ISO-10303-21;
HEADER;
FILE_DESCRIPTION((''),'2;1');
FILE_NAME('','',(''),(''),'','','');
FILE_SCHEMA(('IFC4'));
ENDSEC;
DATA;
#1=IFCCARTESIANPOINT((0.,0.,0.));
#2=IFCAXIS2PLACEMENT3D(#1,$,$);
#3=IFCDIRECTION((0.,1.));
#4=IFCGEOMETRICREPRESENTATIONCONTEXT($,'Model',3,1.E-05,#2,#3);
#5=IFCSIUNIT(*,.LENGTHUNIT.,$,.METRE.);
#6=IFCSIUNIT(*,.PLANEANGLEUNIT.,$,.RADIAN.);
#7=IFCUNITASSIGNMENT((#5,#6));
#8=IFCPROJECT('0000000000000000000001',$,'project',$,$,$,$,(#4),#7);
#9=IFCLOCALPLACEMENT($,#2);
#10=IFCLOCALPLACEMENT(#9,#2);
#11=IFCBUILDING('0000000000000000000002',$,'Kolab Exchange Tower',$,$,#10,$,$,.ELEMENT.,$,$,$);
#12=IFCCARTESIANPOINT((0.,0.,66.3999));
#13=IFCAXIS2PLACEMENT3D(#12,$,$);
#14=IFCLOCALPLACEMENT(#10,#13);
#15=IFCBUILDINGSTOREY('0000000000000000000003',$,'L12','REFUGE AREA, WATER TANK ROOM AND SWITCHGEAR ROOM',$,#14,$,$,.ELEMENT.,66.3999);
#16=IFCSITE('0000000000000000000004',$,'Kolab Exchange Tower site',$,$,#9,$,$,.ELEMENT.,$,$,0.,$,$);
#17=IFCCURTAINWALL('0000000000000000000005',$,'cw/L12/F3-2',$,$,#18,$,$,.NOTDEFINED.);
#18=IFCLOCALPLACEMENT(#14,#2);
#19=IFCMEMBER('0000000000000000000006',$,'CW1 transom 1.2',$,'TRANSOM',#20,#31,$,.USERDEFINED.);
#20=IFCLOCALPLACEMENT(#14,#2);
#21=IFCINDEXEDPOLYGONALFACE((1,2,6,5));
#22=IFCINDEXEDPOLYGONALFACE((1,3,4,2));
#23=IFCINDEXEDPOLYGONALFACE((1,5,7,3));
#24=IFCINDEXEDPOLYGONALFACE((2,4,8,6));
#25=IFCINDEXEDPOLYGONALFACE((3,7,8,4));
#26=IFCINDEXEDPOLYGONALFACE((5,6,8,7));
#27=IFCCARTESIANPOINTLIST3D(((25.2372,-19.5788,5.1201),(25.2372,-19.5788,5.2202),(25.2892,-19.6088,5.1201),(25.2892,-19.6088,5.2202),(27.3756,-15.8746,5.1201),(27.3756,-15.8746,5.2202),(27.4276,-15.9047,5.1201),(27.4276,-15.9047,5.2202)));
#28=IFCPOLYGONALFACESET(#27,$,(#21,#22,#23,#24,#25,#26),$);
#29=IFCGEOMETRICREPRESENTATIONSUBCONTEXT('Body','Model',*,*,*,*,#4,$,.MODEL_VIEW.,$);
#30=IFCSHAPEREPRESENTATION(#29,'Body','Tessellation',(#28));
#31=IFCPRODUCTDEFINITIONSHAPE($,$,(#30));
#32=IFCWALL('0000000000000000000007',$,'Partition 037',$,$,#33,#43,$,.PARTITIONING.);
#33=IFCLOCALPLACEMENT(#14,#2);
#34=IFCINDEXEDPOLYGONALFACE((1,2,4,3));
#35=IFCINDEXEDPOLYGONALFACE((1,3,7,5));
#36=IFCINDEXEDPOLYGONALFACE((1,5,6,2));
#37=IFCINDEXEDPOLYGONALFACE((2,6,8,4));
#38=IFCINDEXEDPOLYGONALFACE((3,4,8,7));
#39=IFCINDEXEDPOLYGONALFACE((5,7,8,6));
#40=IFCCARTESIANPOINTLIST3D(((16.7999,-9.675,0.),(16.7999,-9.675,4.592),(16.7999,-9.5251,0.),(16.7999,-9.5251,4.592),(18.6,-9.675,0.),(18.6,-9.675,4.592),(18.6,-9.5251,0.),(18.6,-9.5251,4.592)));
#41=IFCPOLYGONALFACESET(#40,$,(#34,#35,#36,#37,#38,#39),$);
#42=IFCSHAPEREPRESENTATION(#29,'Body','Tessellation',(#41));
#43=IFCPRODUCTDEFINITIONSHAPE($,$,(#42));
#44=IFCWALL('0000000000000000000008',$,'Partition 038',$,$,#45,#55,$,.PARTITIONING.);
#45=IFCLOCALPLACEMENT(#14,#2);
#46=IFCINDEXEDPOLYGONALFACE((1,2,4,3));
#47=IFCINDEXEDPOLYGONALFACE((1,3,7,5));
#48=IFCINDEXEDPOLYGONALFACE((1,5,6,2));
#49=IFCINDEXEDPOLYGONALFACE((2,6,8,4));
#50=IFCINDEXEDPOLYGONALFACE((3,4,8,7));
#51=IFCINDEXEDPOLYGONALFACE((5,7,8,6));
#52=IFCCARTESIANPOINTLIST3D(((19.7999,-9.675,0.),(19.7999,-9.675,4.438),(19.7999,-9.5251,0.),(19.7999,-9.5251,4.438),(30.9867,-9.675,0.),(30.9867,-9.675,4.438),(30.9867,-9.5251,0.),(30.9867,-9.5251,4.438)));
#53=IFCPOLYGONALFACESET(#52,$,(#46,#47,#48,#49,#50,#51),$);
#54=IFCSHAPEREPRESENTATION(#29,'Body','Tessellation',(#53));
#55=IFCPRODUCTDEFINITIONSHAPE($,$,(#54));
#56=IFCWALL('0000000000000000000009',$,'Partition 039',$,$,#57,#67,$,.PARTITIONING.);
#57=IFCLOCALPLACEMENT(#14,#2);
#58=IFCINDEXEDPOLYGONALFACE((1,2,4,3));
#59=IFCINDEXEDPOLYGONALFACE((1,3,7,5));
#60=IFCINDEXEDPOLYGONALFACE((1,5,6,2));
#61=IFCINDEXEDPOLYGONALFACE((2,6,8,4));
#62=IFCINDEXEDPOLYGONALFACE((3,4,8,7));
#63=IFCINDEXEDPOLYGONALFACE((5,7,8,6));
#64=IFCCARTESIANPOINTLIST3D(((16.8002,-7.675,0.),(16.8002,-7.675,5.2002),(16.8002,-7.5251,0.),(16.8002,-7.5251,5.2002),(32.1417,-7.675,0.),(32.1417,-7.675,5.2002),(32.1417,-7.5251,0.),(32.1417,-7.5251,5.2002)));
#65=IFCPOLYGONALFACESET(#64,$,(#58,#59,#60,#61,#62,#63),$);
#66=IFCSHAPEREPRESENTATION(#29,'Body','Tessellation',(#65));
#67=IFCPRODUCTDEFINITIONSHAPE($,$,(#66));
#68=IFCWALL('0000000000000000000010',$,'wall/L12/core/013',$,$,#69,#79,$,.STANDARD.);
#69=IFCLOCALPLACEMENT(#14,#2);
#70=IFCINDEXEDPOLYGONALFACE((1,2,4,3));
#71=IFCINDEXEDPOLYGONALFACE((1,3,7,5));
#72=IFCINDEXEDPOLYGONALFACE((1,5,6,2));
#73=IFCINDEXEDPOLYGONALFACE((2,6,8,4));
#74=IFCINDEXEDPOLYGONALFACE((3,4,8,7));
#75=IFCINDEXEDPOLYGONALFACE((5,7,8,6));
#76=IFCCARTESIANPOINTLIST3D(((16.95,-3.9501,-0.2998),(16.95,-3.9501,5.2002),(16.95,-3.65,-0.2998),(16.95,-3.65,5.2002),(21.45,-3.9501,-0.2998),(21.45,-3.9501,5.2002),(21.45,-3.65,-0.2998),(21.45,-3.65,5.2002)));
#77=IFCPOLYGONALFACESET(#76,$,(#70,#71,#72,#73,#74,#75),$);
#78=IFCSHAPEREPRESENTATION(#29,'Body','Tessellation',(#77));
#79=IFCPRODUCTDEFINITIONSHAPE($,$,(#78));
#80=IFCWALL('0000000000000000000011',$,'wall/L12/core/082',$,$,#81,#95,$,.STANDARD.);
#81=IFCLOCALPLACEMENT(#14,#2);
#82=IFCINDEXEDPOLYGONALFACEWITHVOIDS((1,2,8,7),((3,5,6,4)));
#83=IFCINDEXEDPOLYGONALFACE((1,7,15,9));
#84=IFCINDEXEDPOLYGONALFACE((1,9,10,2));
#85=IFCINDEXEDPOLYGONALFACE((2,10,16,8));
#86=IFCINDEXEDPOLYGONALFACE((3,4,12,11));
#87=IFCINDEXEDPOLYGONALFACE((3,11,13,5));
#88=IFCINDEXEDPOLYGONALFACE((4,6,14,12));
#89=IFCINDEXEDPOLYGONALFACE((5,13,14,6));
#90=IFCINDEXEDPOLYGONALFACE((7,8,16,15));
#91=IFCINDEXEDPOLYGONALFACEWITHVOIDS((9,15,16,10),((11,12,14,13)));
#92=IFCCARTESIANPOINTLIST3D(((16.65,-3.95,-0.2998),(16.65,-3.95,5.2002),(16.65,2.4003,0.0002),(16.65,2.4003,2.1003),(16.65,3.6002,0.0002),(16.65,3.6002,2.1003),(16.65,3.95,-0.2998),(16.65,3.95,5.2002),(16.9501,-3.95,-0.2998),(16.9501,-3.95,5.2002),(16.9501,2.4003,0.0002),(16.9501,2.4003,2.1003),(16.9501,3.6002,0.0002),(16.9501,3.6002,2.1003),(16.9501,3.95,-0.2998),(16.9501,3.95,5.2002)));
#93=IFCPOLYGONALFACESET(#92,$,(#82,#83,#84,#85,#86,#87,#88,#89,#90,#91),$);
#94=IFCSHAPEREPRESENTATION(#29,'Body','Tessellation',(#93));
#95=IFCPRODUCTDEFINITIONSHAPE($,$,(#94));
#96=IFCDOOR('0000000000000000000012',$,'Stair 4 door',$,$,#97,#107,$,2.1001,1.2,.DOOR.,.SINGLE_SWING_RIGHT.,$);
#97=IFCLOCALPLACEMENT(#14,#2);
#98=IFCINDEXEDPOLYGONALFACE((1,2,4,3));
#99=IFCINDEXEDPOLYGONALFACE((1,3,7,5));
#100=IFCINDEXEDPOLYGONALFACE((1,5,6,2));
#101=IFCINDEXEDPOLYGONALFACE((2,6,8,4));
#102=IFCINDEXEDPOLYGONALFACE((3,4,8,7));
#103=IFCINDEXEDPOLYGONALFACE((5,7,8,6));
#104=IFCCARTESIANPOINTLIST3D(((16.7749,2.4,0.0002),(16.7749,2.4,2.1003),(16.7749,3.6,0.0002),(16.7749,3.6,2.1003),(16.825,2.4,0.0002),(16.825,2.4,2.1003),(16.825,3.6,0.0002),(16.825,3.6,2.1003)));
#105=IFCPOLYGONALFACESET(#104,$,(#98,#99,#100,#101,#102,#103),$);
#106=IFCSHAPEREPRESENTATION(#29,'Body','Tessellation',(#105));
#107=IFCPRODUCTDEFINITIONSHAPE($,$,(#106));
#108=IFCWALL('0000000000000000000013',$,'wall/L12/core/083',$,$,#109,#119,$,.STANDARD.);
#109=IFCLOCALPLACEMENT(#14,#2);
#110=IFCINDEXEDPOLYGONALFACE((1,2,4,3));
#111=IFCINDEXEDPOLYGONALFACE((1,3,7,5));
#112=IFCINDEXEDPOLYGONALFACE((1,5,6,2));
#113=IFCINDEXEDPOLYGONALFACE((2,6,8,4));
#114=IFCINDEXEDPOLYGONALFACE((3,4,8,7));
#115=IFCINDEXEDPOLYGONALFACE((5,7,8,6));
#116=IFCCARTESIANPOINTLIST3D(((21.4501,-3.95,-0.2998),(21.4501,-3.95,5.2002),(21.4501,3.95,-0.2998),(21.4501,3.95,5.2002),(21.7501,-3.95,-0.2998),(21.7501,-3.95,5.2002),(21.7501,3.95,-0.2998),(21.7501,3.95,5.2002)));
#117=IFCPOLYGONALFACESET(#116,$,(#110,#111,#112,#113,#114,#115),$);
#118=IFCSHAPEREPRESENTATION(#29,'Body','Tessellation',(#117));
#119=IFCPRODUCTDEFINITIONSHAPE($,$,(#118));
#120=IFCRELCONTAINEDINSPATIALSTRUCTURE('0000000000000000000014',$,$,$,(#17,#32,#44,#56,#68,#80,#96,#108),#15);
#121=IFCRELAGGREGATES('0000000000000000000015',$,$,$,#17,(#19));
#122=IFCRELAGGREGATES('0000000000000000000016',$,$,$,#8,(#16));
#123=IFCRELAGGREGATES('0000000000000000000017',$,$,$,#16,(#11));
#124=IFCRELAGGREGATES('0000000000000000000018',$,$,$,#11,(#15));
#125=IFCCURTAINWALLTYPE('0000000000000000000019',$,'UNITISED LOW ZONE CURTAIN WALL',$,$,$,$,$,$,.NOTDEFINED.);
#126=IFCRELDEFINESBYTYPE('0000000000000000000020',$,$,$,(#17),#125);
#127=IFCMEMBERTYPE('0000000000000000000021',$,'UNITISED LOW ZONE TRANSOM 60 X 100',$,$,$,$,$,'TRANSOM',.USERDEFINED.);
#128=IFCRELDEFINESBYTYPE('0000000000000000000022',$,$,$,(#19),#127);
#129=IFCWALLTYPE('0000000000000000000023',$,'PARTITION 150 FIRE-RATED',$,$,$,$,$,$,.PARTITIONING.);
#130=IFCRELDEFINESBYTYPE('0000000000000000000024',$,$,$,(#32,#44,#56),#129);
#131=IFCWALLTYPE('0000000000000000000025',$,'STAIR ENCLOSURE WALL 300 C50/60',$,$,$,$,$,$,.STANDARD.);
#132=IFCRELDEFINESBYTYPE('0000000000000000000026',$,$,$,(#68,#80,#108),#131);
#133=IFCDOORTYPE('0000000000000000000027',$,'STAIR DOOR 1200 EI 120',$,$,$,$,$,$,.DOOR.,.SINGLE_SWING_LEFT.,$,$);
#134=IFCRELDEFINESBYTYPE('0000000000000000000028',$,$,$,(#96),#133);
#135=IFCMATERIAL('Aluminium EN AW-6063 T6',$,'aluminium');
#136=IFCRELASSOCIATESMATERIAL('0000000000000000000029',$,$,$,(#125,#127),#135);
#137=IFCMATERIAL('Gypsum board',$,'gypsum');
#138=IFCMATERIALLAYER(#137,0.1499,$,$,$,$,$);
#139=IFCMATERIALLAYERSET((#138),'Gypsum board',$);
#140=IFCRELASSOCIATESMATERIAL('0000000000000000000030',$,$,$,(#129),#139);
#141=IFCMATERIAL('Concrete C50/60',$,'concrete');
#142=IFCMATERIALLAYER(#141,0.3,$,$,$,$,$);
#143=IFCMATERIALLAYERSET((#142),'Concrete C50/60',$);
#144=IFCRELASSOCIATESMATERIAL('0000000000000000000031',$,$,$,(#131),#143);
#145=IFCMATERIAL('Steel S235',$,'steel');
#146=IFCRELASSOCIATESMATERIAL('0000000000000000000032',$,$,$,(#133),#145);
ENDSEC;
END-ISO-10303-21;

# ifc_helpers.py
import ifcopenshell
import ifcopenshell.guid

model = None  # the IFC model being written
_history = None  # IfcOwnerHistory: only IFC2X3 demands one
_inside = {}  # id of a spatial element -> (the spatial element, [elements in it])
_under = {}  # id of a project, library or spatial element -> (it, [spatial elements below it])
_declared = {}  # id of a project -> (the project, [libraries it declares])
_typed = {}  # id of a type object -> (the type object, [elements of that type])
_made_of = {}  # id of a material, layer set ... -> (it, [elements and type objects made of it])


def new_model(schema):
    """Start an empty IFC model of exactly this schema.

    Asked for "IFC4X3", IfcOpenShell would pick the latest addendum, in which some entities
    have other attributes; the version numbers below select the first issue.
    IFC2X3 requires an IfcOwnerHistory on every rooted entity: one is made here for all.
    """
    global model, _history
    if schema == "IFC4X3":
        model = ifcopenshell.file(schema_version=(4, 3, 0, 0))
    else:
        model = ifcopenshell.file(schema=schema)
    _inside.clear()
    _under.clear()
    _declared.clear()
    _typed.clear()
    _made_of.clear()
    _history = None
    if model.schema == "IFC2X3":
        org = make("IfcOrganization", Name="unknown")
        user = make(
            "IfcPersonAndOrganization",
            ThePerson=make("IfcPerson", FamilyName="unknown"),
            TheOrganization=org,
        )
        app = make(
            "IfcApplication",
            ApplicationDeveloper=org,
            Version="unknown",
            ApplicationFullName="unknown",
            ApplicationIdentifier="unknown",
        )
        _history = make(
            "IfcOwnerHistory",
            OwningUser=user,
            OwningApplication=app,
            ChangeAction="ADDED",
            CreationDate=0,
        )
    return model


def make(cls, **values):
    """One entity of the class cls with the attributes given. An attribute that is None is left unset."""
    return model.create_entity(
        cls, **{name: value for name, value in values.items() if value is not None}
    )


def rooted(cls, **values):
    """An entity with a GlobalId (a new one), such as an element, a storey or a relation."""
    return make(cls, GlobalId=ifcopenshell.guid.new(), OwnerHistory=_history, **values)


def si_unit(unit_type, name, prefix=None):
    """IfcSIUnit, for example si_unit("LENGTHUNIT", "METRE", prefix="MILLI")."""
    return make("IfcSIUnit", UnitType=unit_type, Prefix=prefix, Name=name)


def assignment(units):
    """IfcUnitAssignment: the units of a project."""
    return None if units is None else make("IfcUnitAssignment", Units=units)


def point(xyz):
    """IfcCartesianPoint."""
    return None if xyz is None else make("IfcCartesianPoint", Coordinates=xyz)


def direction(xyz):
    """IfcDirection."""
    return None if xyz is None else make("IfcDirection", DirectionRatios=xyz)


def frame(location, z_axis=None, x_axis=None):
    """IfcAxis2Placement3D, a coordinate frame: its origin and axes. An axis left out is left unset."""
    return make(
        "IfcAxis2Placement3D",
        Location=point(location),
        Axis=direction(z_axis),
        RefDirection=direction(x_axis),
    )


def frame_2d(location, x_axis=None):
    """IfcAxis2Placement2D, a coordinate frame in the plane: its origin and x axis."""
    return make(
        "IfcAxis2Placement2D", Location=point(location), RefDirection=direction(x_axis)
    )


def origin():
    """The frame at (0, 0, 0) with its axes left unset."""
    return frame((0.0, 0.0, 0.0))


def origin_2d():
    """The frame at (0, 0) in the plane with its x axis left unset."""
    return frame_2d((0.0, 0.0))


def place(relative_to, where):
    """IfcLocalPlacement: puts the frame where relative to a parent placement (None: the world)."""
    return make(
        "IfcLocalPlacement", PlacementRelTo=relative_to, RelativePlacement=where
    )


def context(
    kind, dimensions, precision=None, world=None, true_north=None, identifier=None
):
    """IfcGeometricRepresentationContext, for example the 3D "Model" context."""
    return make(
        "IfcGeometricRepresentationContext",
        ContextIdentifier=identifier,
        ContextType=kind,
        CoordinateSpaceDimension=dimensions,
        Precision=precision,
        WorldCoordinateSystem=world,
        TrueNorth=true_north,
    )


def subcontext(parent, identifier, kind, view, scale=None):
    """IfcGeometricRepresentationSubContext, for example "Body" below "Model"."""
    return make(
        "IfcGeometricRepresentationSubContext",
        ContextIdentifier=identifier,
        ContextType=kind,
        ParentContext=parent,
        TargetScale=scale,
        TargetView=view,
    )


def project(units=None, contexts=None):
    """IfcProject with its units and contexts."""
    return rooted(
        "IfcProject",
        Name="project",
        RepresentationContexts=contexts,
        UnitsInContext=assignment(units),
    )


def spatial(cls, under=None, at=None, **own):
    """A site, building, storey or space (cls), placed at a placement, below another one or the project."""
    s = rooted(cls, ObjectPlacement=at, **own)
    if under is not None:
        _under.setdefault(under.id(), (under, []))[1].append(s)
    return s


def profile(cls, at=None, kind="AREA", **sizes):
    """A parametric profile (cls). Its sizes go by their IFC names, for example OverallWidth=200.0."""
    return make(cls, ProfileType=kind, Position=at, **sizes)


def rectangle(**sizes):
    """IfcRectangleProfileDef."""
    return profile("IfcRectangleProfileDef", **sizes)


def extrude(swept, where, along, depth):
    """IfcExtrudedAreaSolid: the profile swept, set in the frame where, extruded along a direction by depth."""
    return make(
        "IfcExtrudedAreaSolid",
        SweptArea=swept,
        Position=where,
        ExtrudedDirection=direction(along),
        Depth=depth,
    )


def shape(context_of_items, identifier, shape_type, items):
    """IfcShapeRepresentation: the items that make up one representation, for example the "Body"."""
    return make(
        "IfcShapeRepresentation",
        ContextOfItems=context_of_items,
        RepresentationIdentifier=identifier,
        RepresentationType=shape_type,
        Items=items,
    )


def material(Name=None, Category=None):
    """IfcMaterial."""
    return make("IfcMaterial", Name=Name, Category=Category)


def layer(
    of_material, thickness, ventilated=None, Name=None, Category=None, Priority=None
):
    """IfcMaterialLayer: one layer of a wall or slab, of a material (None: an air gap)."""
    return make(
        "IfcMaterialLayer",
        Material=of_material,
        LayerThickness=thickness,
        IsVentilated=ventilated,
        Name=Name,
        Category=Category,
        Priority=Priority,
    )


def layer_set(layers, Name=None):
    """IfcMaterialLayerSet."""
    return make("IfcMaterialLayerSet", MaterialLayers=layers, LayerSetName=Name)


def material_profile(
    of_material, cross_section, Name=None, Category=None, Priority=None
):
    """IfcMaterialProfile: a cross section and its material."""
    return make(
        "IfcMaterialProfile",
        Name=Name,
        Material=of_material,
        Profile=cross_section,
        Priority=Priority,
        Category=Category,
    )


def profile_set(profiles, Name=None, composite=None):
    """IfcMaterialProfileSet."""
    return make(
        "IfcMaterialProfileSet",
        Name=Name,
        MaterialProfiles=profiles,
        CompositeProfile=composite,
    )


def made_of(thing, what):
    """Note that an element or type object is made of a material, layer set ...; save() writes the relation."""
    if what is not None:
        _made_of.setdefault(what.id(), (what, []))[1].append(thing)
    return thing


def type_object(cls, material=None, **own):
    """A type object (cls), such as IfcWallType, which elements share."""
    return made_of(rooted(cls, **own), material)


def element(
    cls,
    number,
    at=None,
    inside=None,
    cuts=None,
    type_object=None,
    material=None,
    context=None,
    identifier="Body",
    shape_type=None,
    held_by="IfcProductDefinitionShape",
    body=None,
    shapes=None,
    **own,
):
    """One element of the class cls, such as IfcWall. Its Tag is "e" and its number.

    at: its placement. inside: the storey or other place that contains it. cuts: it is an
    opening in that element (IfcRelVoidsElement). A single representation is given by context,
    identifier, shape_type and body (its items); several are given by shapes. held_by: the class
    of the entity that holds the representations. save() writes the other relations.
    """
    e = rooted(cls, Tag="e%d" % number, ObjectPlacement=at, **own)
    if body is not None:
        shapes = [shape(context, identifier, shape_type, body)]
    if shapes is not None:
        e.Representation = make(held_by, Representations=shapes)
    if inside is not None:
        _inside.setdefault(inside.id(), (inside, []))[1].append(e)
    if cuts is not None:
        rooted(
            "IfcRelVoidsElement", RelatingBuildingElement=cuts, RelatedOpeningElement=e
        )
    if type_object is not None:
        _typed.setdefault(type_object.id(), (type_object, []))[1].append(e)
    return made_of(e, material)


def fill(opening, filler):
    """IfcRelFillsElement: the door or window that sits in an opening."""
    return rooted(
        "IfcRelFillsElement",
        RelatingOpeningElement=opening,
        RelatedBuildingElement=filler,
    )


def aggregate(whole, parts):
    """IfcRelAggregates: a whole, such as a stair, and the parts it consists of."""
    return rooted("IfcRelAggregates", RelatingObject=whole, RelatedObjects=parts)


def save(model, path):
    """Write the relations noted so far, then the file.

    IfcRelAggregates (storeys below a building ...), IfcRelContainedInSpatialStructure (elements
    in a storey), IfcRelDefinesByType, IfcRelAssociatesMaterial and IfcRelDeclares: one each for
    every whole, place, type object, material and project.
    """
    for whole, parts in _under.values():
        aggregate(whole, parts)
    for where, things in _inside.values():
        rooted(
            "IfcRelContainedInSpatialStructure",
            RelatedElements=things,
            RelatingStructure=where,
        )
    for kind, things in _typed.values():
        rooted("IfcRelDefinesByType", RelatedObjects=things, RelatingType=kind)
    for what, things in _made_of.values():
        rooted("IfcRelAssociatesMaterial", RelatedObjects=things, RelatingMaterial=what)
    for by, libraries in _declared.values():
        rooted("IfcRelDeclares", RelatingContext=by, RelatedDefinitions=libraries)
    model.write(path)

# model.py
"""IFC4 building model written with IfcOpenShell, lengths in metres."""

from ifc_helpers import new_model, si_unit, direction, frame, frame_2d, origin, origin_2d, place, context, subcontext, project, spatial, rectangle, extrude, material, layer, layer_set, material_profile, profile_set, type_object, element, fill, aggregate, save


model = new_model("IFC4")

# Units and contexts
model_context = context("Model", 3, precision=1e-05, world=origin(), true_north=direction((0.0, 1.0)))
body_context = subcontext(model_context, "Body", "Model", "MODEL_VIEW")
ifc_project = project(units=[si_unit("LENGTHUNIT", "METRE"), si_unit("PLANEANGLEUNIT", "RADIAN")], contexts=[model_context])

# Site, building, storey
site_placement = place(None, origin())
site = spatial("IfcSite", under=ifc_project, at=site_placement, Name="Kolab Exchange Tower site", CompositionType="ELEMENT", RefElevation=0.0)
building_placement = place(site_placement, origin())
building = spatial("IfcBuilding", under=site, at=building_placement, Name="Kolab Exchange Tower", CompositionType="ELEMENT")
storey_placement = place(building_placement, frame((0.0, 0.0, 66.3999)))
storey = spatial("IfcBuildingStorey", under=building, at=storey_placement, Name="L12", Description="REFUGE AREA, WATER TANK ROOM AND SWITCHGEAR ROOM", CompositionType="ELEMENT", Elevation=66.3999)

# Shared definitions
ifc_material_1 = material(Name="Aluminium EN AW-6063 T6", Category="aluminium")
curtain_wall_type = type_object("IfcCurtainWallType", Name="UNITISED LOW ZONE CURTAIN WALL", PredefinedType="NOTDEFINED", material=ifc_material_1)

# Curtain wall, member
curtain_wall_1_placement = place(storey_placement, origin())
curtain_wall_1 = element("IfcCurtainWall", 1, at=curtain_wall_1_placement, inside=storey, type_object=curtain_wall_type, Name="cw/L12/F3-2", PredefinedType="NOTDEFINED")
ifc_material_profile_1 = material_profile(ifc_material_1, rectangle(XDim=0.0601, YDim=0.1001, at=origin_2d()), Name="RECT 60X100")
ifc_profile_set_1 = profile_set([ifc_material_profile_1], Name="Aluminium EN AW-6063 T6")
member_type_1 = type_object("IfcMemberType", Name="UNITISED LOW ZONE TRANSOM 60 X 100", ElementType="TRANSOM", PredefinedType="USERDEFINED", material=ifc_profile_set_1)
member_1_placement = place(storey_placement, frame((27.4016, -15.8896, 5.1702), z_axis=(-0.499976, -0.866039, 0.0), x_axis=(0.866039, -0.499976, 0.0)))
member_1 = element("IfcMember", 2, at=member_1_placement, type_object=member_type_1, Name="CW1 transom 1.2", ObjectType="TRANSOM", PredefinedType="USERDEFINED", context=body_context, shape_type="SweptSolid", body=[
    extrude(rectangle(XDim=0.0601, YDim=0.1001, at=origin_2d()), origin(), (0.0, 0.0, 1.0), 4.2771),
])
aggregate(curtain_wall_1, [member_1])

# Walls
ifc_material_2 = material(Name="Gypsum board", Category="gypsum")
ifc_layer_1 = layer(ifc_material_2, 0.1499)
ifc_layer_set_1 = layer_set([ifc_layer_1], Name="Gypsum board")
wall_type_1 = type_object("IfcWallType", Name="PARTITION 150 FIRE-RATED", PredefinedType="PARTITIONING", material=ifc_layer_set_1)
wall_1_placement = place(storey_placement, frame((16.8, -9.6001, 0.0), z_axis=(0.0, 0.0, 1.0), x_axis=(1.0, 0.0, 0.0)))
element("IfcWall", 3, at=wall_1_placement, inside=storey, type_object=wall_type_1, Name="Partition 037", PredefinedType="PARTITIONING", context=body_context, shape_type="SweptSolid", body=[
    extrude(rectangle(XDim=1.8, YDim=0.1499, at=frame_2d((0.8999, 0.0))), origin(), (0.0, 0.0, 1.0), 4.592),
])
wall_2_placement = place(storey_placement, frame((19.8, -9.6001, 0.0), z_axis=(0.0, 0.0, 1.0), x_axis=(1.0, 0.0, 0.0)))
element("IfcWall", 4, at=wall_2_placement, inside=storey, type_object=wall_type_1, Name="Partition 038", PredefinedType="PARTITIONING", context=body_context, shape_type="SweptSolid", body=[
    extrude(rectangle(XDim=11.1868, YDim=0.1499, at=frame_2d((5.5933, 0.0))), origin(), (0.0, 0.0, 1.0), 4.438),
])
wall_3_placement = place(storey_placement, frame((16.8, -7.6001, 0.0), z_axis=(0.0, 0.0, 1.0), x_axis=(1.0, 0.0, 0.0)))
element("IfcWall", 5, at=wall_3_placement, inside=storey, type_object=wall_type_1, Name="Partition 039", PredefinedType="PARTITIONING", context=body_context, shape_type="SweptSolid", body=[
    extrude(rectangle(XDim=15.3416, YDim=0.1499, at=frame_2d((7.6709, 0.0))), origin(), (0.0, 0.0, 1.0), 5.2002),
])
ifc_material_3 = material(Name="Concrete C50/60", Category="concrete")
ifc_layer_2 = layer(ifc_material_3, 0.3)
ifc_layer_set_2 = layer_set([ifc_layer_2], Name="Concrete C50/60")
wall_type_2 = type_object("IfcWallType", Name="STAIR ENCLOSURE WALL 300 C50/60", PredefinedType="STANDARD", material=ifc_layer_set_2)
wall_4_placement = place(storey_placement, frame((16.95, -3.8, -0.2998), z_axis=(0.0, 0.0, 1.0), x_axis=(1.0, 0.0, 0.0)))
element("IfcWall", 6, at=wall_4_placement, inside=storey, type_object=wall_type_2, Name="wall/L12/core/013", PredefinedType="STANDARD", context=body_context, shape_type="SweptSolid", body=[
    extrude(rectangle(XDim=4.5, YDim=0.3, at=frame_2d((2.25, 0.0))), origin(), (0.0, 0.0, 1.0), 5.5),
])

# Wall, opening, door
wall_5_placement = place(storey_placement, frame((16.8, -3.95, -0.2998), z_axis=(0.0, 0.0, 1.0), x_axis=(0.0, 1.0, 0.0)))
wall_5 = element("IfcWall", 7, at=wall_5_placement, inside=storey, type_object=wall_type_2, Name="wall/L12/core/082", PredefinedType="STANDARD", context=body_context, shape_type="SweptSolid", body=[
    extrude(rectangle(XDim=7.8999, YDim=0.3, at=frame_2d((3.95, 0.0))), origin(), (0.0, 0.0, 1.0), 5.5),
])
opening_1_placement = place(wall_5_placement, frame((6.3501, 0.0, 0.3)))
opening_1 = element("IfcOpeningElement", 8, at=opening_1_placement, cuts=wall_5, PredefinedType="OPENING", context=body_context, shape_type="SweptSolid", body=[
    extrude(rectangle(XDim=1.2, YDim=2.1001, at=frame_2d((0.6001, 1.05))), frame((0.0, 0.1602, 0.0), z_axis=(0.0, -1.0, 0.0), x_axis=(1.0, 0.0, 0.0)), (0.0, 0.0, 1.0), 0.3201),
])
ifc_material_4 = material(Name="Steel S235", Category="steel")
door_type_1 = type_object("IfcDoorType", Name="STAIR DOOR 1200 EI 120", OperationType="SINGLE_SWING_LEFT", PredefinedType="DOOR", material=ifc_material_4)
door_1_placement = place(opening_1_placement, frame((1.2, 0.0, 0.0), z_axis=(0.0, 0.0, 1.0), x_axis=(-1.0, 0.0, 0.0)))
door_1 = element("IfcDoor", 9, at=door_1_placement, inside=storey, type_object=door_type_1, Name="Stair 4 door", OperationType="SINGLE_SWING_RIGHT", OverallHeight=2.1001, OverallWidth=1.2, PredefinedType="DOOR", context=body_context, shape_type="SweptSolid", body=[
    extrude(rectangle(XDim=1.2, YDim=2.1001, at=frame_2d((0.6001, 1.05))), frame((0.0, 0.0249, 0.0), z_axis=(0.0, -1.0, 0.0), x_axis=(1.0, 0.0, 0.0)), (0.0, 0.0, 1.0), 0.05),
])
fill(opening_1, door_1)

# Wall
wall_6_placement = place(storey_placement, frame((21.6001, -3.95, -0.2998), z_axis=(0.0, 0.0, 1.0), x_axis=(0.0, 1.0, 0.0)))
element("IfcWall", 10, at=wall_6_placement, inside=storey, type_object=wall_type_2, Name="wall/L12/core/083", PredefinedType="STANDARD", context=body_context, shape_type="SweptSolid", body=[
    extrude(rectangle(XDim=7.8999, YDim=0.3, at=frame_2d((3.95, 0.0))), origin(), (0.0, 0.0, 1.0), 5.5),
])

save(model, "model.ifc")
